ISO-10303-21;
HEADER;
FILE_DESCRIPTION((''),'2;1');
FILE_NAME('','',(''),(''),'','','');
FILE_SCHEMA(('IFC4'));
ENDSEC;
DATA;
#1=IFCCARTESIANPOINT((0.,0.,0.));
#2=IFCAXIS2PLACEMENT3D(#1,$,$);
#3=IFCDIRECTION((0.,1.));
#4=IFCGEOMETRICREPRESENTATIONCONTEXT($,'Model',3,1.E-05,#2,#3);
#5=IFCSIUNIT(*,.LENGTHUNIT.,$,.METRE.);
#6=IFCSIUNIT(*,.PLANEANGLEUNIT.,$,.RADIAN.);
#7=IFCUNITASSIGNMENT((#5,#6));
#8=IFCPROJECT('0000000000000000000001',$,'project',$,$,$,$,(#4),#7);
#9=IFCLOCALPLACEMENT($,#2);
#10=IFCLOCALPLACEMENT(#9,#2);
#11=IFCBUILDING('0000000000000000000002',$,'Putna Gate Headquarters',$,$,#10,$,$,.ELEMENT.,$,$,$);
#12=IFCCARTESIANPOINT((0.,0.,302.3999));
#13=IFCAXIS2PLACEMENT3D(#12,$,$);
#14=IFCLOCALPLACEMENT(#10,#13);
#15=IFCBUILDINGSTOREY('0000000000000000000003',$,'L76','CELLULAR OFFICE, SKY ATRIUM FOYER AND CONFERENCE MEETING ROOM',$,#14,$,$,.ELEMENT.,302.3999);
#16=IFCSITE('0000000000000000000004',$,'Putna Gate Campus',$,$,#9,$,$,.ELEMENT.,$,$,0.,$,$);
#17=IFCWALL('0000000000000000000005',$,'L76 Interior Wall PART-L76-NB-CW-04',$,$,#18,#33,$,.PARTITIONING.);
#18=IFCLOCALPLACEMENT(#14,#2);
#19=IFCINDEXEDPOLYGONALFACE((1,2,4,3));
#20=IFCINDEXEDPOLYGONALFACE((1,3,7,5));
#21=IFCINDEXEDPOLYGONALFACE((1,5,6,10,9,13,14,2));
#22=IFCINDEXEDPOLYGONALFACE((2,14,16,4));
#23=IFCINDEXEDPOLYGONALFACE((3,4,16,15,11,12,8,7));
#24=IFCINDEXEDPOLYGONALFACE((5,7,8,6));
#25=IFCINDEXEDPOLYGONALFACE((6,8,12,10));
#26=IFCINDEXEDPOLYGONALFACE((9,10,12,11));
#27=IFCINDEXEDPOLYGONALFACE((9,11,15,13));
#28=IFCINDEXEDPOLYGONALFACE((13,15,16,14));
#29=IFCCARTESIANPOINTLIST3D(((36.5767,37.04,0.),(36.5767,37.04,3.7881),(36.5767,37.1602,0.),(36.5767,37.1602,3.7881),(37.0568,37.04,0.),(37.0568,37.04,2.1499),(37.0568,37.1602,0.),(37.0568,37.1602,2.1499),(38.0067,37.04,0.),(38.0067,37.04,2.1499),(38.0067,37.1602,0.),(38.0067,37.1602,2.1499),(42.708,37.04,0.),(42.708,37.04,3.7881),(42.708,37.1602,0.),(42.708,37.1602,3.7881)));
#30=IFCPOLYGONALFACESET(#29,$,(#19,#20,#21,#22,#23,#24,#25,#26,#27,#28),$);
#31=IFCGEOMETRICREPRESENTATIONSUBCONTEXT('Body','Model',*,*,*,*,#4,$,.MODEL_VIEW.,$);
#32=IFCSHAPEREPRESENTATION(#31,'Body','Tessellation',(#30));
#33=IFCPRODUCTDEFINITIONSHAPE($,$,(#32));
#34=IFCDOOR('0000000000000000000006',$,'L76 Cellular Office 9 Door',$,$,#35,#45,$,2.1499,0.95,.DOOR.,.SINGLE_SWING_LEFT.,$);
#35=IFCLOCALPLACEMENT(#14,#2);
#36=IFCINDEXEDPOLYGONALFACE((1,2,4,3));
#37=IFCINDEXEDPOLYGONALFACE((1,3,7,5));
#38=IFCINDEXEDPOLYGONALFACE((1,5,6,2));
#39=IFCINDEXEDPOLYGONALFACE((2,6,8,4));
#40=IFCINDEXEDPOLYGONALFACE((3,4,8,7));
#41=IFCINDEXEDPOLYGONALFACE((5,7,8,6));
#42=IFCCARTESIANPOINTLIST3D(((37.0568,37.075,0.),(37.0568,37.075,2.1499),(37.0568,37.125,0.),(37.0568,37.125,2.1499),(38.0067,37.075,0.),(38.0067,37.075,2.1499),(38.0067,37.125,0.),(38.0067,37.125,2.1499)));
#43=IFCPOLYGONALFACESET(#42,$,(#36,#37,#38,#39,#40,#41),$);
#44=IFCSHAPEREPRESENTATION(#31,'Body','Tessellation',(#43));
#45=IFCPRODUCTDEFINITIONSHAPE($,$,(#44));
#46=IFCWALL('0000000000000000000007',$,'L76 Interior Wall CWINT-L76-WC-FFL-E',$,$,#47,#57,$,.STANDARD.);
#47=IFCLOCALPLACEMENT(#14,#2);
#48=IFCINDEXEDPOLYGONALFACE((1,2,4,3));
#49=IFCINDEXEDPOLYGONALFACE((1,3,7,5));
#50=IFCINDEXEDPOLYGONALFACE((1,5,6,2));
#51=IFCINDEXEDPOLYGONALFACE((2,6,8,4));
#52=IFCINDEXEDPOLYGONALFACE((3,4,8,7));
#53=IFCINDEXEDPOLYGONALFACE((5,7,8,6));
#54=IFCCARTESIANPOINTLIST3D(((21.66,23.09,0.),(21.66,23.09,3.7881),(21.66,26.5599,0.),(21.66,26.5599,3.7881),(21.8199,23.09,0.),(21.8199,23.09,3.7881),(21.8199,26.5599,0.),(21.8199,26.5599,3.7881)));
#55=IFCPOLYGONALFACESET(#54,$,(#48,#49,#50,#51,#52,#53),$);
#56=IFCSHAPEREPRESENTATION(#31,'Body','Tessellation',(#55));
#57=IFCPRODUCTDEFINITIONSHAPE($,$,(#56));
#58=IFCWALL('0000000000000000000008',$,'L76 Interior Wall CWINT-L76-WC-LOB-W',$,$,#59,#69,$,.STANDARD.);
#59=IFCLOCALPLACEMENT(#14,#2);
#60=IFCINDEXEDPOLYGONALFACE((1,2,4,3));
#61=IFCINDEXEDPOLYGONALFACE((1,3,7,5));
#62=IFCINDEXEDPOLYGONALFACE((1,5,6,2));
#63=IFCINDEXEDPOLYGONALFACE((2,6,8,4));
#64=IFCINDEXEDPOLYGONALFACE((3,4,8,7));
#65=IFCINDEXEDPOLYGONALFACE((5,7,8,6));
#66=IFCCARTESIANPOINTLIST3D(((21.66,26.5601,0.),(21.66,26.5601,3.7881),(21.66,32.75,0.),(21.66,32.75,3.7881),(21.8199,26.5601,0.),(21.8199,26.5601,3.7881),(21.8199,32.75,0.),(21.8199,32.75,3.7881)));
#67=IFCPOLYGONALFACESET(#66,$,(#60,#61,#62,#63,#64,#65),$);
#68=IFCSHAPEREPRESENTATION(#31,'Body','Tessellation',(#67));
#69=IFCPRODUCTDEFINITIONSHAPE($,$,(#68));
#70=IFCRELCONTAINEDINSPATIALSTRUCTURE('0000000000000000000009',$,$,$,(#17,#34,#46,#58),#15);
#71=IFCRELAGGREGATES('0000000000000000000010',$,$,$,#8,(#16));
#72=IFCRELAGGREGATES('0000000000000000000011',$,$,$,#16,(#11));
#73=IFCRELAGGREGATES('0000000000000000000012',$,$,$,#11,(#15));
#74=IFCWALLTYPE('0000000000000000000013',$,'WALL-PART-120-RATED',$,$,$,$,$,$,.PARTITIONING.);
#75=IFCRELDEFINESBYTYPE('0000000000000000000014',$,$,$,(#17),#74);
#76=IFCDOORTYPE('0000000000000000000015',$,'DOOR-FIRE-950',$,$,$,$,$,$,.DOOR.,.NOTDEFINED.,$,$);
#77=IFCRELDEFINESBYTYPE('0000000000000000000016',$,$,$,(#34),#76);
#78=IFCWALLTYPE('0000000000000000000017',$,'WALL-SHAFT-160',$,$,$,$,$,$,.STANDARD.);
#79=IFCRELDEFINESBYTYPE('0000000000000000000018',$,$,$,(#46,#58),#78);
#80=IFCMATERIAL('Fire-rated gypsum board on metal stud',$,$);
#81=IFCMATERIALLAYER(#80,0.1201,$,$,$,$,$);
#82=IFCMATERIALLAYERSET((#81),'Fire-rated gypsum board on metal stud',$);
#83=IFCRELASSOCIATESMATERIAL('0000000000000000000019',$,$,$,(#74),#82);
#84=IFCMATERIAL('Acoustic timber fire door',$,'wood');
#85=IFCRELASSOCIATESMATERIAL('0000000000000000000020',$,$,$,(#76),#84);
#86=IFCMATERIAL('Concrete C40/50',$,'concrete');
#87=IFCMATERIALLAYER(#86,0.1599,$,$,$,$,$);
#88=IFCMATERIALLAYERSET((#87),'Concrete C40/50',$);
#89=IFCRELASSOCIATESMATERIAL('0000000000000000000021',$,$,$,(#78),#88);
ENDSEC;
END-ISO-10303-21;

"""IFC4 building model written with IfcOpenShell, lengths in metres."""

from ifc_helpers import new_model, si_unit, direction, frame, frame_2d, origin, place, context, subcontext, project, spatial, rectangle, extrude, material, layer, layer_set, type_object, element, fill, save


model = new_model("IFC4")

# Units and contexts
model_context = context("Model", 3, precision=1e-05, world=origin(), true_north=direction((0.0, 1.0)))
body_context = subcontext(model_context, "Body", "Model", "MODEL_VIEW")
ifc_project = project(units=[si_unit("LENGTHUNIT", "METRE"), si_unit("PLANEANGLEUNIT", "RADIAN")], contexts=[model_context])

# Site, building, storey
site_placement = place(None, origin())
site = spatial("IfcSite", under=ifc_project, at=site_placement, Name="Putna Gate Campus", CompositionType="ELEMENT", RefElevation=0.0)
building_placement = place(site_placement, origin())
building = spatial("IfcBuilding", under=site, at=building_placement, Name="Putna Gate Headquarters", CompositionType="ELEMENT")
storey_placement = place(building_placement, frame((0.0, 0.0, 302.3999)))
storey = spatial("IfcBuildingStorey", under=building, at=storey_placement, Name="L76", Description="CELLULAR OFFICE, SKY ATRIUM FOYER AND CONFERENCE MEETING ROOM", CompositionType="ELEMENT", Elevation=302.3999)

# Shared definitions
ifc_material_1 = material(Name="Fire-rated gypsum board on metal stud")
ifc_layer_1 = layer(ifc_material_1, 0.1201)
ifc_layer_set_1 = layer_set([ifc_layer_1], Name="Fire-rated gypsum board on metal stud")
wall_type_1 = type_object("IfcWallType", Name="WALL-PART-120-RATED", PredefinedType="PARTITIONING", material=ifc_layer_set_1)

# Wall, opening, door
ifc_material_2 = material(Name="Acoustic timber fire door", Category="wood")
door_type = type_object("IfcDoorType", Name="DOOR-FIRE-950", OperationType="NOTDEFINED", PredefinedType="DOOR", material=ifc_material_2)
wall_1_placement = place(storey_placement, frame((36.5767, 37.1001, 0.0), z_axis=(0.0, 0.0, 1.0), x_axis=(1.0, 0.0, 0.0)))
wall_1 = element("IfcWall", 1, at=wall_1_placement, inside=storey, type_object=wall_type_1, Name="L76 Interior Wall PART-L76-NB-CW-04", PredefinedType="PARTITIONING", context=body_context, shape_type="SweptSolid", body=[
    extrude(rectangle(XDim=6.1313, YDim=0.1201, at=frame_2d((3.0657, 0.0))), origin(), (0.0, 0.0, 1.0), 3.7881),
])
opening_1_placement = place(wall_1_placement, frame((0.48, 0.0, 0.0)))
opening_1 = element("IfcOpeningElement", 2, at=opening_1_placement, cuts=wall_1, PredefinedType="OPENING", context=body_context, shape_type="SweptSolid", body=[
    extrude(rectangle(XDim=0.95, YDim=2.1499, at=frame_2d((0.4751, 1.075))), frame((0.0, 0.0701, 0.0), z_axis=(0.0, -1.0, 0.0), x_axis=(1.0, 0.0, 0.0)), (0.0, 0.0, 1.0), 0.1401),
])
door_1_placement = place(opening_1_placement, origin())
door_1 = element("IfcDoor", 3, at=door_1_placement, inside=storey, type_object=door_type, Name="L76 Cellular Office 9 Door", OperationType="SINGLE_SWING_LEFT", OverallHeight=2.1499, OverallWidth=0.95, PredefinedType="DOOR", context=body_context, shape_type="SweptSolid", body=[
    extrude(rectangle(XDim=0.95, YDim=2.1499, at=frame_2d((0.4751, 1.075))), frame((0.0, 0.0249, 0.0), z_axis=(0.0, -1.0, 0.0), x_axis=(1.0, 0.0, 0.0)), (0.0, 0.0, 1.0), 0.05),
])
fill(opening_1, door_1)

# Walls
ifc_material_3 = material(Name="Concrete C40/50", Category="concrete")
ifc_layer_2 = layer(ifc_material_3, 0.1599)
ifc_layer_set_2 = layer_set([ifc_layer_2], Name="Concrete C40/50")
wall_type_2 = type_object("IfcWallType", Name="WALL-SHAFT-160", PredefinedType="STANDARD", material=ifc_layer_set_2)
wall_2_placement = place(storey_placement, frame((21.74, 23.0901, 0.0), z_axis=(0.0, 0.0, 1.0), x_axis=(0.0, 1.0, 0.0)))
element("IfcWall", 4, at=wall_2_placement, inside=storey, type_object=wall_type_2, Name="L76 Interior Wall CWINT-L76-WC-FFL-E", PredefinedType="STANDARD", context=body_context, shape_type="SweptSolid", body=[
    extrude(rectangle(XDim=3.47, YDim=0.1599, at=frame_2d((1.7349, 0.0))), origin(), (0.0, 0.0, 1.0), 3.7881),
])
wall_3_placement = place(storey_placement, frame((21.74, 26.5601, 0.0), z_axis=(0.0, 0.0, 1.0), x_axis=(0.0, 1.0, 0.0)))
element("IfcWall", 5, at=wall_3_placement, inside=storey, type_object=wall_type_2, Name="L76 Interior Wall CWINT-L76-WC-LOB-W", PredefinedType="STANDARD", context=body_context, shape_type="SweptSolid", body=[
    extrude(rectangle(XDim=6.1899, YDim=0.1599, at=frame_2d((3.095, 0.0))), origin(), (0.0, 0.0, 1.0), 3.7881),
])

save(model, "model.ifc")
